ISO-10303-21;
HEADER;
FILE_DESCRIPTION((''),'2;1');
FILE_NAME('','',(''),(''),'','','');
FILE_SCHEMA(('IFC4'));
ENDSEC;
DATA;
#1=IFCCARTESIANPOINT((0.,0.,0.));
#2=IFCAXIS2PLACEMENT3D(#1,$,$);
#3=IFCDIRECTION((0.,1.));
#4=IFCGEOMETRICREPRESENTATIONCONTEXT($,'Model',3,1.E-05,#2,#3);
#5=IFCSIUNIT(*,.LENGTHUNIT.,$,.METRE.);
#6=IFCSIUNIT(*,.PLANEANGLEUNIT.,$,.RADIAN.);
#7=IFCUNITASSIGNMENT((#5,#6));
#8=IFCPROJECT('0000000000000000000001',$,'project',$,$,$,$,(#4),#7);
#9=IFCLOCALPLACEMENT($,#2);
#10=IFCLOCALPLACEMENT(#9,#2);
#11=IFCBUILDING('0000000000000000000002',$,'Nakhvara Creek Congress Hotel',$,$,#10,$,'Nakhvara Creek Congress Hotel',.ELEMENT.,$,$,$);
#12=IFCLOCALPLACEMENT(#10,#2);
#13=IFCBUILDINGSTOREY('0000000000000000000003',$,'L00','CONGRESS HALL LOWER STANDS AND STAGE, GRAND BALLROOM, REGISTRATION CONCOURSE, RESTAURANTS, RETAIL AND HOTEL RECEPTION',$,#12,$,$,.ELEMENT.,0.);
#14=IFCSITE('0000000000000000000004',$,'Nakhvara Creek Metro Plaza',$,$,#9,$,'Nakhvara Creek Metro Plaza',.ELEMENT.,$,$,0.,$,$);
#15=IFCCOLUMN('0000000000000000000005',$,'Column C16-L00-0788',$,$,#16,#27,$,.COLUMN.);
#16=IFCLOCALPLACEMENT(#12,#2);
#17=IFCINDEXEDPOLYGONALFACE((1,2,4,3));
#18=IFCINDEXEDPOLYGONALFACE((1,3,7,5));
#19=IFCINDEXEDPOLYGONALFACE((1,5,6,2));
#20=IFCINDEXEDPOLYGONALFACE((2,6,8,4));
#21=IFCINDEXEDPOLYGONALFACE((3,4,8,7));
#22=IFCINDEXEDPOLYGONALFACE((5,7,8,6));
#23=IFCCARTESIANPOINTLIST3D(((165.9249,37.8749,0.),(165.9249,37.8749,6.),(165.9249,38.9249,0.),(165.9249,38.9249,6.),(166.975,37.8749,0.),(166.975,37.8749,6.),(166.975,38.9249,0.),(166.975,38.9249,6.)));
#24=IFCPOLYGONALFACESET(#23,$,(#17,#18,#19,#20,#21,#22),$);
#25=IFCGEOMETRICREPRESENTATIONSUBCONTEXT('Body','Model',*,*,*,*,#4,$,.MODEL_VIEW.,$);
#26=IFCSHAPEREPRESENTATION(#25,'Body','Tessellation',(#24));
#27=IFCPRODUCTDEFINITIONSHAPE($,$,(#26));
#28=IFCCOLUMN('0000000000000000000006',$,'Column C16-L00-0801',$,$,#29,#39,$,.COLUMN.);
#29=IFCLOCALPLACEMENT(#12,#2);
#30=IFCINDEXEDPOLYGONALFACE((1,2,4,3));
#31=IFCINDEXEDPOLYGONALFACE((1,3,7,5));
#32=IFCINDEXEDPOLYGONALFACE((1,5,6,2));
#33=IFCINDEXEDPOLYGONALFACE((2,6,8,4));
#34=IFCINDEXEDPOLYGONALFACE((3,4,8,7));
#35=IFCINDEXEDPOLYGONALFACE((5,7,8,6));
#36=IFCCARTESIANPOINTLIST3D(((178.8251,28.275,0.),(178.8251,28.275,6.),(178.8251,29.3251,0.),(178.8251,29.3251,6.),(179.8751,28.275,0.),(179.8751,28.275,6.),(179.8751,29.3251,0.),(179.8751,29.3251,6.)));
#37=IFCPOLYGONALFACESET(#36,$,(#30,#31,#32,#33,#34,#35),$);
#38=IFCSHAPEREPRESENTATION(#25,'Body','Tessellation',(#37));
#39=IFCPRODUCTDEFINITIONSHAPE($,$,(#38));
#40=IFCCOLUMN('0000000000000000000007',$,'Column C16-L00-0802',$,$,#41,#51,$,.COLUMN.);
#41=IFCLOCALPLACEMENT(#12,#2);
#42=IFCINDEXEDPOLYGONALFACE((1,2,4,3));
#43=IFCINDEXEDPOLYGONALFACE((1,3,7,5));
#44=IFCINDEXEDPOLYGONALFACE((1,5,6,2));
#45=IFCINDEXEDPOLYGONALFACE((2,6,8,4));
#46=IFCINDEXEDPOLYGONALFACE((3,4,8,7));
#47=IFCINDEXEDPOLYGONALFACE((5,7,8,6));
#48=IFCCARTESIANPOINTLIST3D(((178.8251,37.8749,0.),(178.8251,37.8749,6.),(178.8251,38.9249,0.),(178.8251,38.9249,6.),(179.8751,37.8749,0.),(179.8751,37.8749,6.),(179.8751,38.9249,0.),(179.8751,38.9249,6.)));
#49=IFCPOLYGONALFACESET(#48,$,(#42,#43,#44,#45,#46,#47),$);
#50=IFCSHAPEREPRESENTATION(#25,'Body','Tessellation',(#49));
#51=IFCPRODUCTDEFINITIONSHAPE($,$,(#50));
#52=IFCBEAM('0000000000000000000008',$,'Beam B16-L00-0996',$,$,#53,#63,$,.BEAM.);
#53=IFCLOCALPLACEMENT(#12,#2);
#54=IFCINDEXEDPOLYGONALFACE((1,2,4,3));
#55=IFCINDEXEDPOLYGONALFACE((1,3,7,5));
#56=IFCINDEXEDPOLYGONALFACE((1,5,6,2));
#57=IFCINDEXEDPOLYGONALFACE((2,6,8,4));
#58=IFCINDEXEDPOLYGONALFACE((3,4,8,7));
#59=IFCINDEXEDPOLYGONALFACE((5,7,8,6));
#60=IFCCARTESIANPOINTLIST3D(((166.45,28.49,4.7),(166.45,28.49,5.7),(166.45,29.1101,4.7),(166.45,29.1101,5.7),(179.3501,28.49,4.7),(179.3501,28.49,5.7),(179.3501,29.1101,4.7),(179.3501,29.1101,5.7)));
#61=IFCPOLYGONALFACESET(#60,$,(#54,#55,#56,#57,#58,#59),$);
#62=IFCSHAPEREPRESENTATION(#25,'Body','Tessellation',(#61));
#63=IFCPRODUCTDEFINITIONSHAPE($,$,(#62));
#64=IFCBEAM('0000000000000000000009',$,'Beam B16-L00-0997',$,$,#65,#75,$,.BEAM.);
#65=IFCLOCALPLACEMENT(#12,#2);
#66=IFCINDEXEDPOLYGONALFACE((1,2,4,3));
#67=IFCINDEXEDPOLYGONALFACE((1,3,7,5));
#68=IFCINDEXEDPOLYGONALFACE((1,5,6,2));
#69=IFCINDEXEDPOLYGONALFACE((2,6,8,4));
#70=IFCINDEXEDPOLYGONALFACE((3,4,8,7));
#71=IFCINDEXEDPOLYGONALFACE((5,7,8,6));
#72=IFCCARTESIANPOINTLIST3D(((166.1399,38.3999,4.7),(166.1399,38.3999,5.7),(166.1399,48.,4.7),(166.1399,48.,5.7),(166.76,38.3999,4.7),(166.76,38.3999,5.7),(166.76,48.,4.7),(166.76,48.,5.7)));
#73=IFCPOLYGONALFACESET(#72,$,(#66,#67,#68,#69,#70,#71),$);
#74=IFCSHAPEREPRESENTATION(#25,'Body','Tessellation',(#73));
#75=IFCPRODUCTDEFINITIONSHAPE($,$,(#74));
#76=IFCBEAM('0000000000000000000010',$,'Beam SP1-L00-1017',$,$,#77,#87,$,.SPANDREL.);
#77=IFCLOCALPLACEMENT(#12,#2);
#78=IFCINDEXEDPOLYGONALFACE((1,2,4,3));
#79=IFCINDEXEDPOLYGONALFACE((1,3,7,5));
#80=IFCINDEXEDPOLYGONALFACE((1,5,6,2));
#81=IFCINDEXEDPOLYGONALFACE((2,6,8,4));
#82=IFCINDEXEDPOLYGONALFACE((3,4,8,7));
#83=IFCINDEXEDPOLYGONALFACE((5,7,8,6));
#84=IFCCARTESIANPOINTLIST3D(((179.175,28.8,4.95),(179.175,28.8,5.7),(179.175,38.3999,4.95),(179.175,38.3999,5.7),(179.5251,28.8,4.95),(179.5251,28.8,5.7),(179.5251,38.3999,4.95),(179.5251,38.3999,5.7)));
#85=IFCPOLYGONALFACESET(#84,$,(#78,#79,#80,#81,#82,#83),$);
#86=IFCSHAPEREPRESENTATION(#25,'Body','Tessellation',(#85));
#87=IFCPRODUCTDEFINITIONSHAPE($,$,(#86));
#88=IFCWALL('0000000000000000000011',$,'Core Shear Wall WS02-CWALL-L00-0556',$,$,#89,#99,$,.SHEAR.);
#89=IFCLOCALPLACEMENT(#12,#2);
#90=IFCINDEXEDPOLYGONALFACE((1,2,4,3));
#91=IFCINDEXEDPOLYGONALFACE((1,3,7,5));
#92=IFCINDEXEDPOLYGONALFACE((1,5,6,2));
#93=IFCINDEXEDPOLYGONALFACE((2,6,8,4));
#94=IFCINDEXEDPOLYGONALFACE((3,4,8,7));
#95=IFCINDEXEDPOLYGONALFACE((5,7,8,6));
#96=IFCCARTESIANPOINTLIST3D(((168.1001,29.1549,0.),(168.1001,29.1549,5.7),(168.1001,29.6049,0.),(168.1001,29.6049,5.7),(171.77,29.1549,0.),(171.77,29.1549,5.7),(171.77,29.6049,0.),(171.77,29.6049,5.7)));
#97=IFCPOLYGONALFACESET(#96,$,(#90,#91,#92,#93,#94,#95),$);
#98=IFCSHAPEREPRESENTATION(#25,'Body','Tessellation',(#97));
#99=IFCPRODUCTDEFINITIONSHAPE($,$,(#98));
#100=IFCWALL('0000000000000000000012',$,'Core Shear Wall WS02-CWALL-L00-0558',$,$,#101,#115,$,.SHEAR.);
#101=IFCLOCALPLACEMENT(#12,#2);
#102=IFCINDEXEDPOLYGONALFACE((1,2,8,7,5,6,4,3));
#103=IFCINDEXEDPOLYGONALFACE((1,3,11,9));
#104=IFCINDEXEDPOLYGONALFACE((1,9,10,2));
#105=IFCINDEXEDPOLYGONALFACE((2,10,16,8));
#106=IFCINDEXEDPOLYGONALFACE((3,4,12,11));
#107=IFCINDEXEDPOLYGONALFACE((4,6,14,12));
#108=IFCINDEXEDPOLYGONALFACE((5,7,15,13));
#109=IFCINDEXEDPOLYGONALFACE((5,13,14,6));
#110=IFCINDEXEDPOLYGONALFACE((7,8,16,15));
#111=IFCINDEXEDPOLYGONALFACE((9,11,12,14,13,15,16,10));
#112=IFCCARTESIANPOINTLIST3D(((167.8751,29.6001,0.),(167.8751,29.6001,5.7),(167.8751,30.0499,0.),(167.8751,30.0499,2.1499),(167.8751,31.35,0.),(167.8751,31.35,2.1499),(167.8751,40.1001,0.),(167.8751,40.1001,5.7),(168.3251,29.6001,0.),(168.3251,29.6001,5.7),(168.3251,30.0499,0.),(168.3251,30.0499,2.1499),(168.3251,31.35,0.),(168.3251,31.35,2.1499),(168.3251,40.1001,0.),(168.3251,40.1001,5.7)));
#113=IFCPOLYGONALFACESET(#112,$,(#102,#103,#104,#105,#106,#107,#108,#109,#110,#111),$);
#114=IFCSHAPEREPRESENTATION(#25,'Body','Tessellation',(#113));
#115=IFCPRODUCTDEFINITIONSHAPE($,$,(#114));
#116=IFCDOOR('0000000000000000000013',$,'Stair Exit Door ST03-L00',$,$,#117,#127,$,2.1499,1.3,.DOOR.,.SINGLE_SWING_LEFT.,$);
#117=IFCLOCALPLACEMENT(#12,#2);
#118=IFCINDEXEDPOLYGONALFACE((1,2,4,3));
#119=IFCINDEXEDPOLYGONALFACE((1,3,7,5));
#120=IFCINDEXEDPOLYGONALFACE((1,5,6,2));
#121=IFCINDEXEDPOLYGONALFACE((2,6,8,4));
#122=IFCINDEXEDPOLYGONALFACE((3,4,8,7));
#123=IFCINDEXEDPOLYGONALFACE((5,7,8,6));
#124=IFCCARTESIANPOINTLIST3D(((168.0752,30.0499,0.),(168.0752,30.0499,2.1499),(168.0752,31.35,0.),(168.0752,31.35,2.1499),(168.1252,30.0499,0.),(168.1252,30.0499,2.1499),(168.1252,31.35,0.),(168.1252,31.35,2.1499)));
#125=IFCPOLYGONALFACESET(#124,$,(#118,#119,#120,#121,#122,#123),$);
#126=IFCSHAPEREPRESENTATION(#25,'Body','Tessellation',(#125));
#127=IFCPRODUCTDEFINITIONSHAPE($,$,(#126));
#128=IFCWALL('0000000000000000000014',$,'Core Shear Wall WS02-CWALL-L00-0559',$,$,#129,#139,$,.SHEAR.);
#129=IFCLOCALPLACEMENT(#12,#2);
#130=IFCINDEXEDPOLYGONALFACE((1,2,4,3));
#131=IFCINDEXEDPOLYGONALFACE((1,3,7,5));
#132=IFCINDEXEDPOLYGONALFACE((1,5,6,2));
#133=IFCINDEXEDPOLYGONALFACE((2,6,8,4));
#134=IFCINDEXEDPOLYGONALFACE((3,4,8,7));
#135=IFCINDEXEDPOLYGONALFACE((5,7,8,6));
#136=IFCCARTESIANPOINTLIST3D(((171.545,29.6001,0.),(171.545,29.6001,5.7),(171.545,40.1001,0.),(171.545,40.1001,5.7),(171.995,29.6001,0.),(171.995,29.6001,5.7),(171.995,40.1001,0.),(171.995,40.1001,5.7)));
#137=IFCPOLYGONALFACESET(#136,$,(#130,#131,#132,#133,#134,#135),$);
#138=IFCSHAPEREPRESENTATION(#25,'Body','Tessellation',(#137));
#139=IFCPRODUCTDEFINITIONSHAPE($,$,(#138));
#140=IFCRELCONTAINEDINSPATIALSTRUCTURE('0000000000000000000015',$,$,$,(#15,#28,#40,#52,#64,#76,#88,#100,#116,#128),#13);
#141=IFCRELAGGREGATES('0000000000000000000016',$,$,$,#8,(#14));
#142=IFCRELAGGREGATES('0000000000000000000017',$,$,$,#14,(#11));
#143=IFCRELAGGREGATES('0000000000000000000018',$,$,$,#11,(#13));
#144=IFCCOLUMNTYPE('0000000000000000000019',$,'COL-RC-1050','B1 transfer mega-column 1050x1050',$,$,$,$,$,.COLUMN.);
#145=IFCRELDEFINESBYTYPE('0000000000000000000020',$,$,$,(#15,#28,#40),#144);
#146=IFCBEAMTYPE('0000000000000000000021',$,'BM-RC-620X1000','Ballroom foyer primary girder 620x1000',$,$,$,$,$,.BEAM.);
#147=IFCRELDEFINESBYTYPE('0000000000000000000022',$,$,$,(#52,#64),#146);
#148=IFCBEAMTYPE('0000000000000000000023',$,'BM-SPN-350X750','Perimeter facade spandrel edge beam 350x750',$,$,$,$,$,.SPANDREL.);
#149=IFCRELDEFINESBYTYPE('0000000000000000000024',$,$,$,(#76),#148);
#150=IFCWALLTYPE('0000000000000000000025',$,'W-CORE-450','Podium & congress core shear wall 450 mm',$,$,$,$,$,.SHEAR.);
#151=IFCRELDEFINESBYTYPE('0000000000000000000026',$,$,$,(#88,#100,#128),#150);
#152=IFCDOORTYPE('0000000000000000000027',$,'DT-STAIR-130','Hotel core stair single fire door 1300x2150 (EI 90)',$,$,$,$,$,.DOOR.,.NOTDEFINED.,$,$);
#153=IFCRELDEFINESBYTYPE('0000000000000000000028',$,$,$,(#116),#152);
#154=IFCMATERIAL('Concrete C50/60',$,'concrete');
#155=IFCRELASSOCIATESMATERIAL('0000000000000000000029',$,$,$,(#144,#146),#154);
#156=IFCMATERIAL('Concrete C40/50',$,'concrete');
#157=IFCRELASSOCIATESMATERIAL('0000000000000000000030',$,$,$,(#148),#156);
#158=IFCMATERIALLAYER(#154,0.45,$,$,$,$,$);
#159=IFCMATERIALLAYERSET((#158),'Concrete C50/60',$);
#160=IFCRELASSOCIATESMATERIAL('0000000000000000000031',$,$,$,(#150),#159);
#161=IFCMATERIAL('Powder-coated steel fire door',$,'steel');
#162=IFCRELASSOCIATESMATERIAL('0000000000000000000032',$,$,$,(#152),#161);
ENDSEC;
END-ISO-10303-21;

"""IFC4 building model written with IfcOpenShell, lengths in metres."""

from ifc_helpers import new_model, si_unit, direction, frame, frame_2d, origin, origin_2d, place, context, subcontext, project, spatial, rectangle, extrude, material, layer, layer_set, material_profile, profile_set, type_object, element, fill, save


model = new_model("IFC4")

# Units and contexts
model_context = context("Model", 3, precision=1e-05, world=origin(), true_north=direction((0.0, 1.0)))
body_context = subcontext(model_context, "Body", "Model", "MODEL_VIEW")
ifc_project = project(units=[si_unit("LENGTHUNIT", "METRE"), si_unit("PLANEANGLEUNIT", "RADIAN")], contexts=[model_context])

# Site, building, storey
site_placement = place(None, origin())
site = spatial("IfcSite", under=ifc_project, at=site_placement, Name="Nakhvara Creek Metro Plaza", LongName="Nakhvara Creek Metro Plaza", CompositionType="ELEMENT", RefElevation=0.0)
building_placement = place(site_placement, origin())
building = spatial("IfcBuilding", under=site, at=building_placement, Name="Nakhvara Creek Congress Hotel", LongName="Nakhvara Creek Congress Hotel", CompositionType="ELEMENT")
storey_placement = place(building_placement, origin())
storey = spatial("IfcBuildingStorey", under=building, at=storey_placement, Name="L00", Description="CONGRESS HALL LOWER STANDS AND STAGE, GRAND BALLROOM, REGISTRATION CONCOURSE, RESTAURANTS, RETAIL AND HOTEL RECEPTION", CompositionType="ELEMENT", Elevation=0.0)

# Columns
ifc_material_1 = material(Name="Concrete C50/60", Category="concrete")
ifc_material_profile_1 = material_profile(ifc_material_1, rectangle(XDim=1.05, YDim=1.05, at=origin_2d()), Name="RC-COL 1050x1050", Category="LoadBearing")
ifc_profile_set_1 = profile_set([ifc_material_profile_1], Name="Concrete C50/60")
column_type = type_object("IfcColumnType", Name="COL-RC-1050", Description="B1 transfer mega-column 1050x1050", PredefinedType="COLUMN", material=ifc_profile_set_1)
for number, where, z_axis, x_axis, name in (
    (1, (166.45, 38.3999, 0.0), (0.0, 0.0, 1.0), (1.0, 0.0, 0.0), "Column C16-L00-0788"),
    (2, (179.3501, 28.8, 0.0), (0.0, 0.0, 1.0), (1.0, 0.0, 0.0), "Column C16-L00-0801"),
    (3, (179.3501, 38.3999, 0.0), (0.0, 0.0, 1.0), (1.0, 0.0, 0.0), "Column C16-L00-0802"),
):
    element("IfcColumn", number, at=place(storey_placement, frame(where, z_axis=z_axis, x_axis=x_axis)), inside=storey, type_object=column_type, Name=name, PredefinedType="COLUMN", context=body_context, shape_type="SweptSolid", body=[
        extrude(rectangle(XDim=1.05, YDim=1.05, at=origin_2d()), origin(), (0.0, 0.0, 1.0), 6.0),
    ])

# Beams
ifc_material_profile_2 = material_profile(ifc_material_1, rectangle(XDim=0.6201, YDim=1.0, at=origin_2d()), Name="RC-BM 620x1000", Category="LoadBearing")
ifc_profile_set_2 = profile_set([ifc_material_profile_2], Name="Concrete C50/60")
beam_type_1 = type_object("IfcBeamType", Name="BM-RC-620X1000", Description="Ballroom foyer primary girder 620x1000", PredefinedType="BEAM", material=ifc_profile_set_2)
beam_1_placement = place(storey_placement, frame((166.45, 28.8, 5.2), z_axis=(1.0, 0.0, 0.0), x_axis=(0.0, 1.0, 0.0)))
element("IfcBeam", 4, at=beam_1_placement, inside=storey, type_object=beam_type_1, Name="Beam B16-L00-0996", PredefinedType="BEAM", context=body_context, shape_type="SweptSolid", body=[
    extrude(rectangle(XDim=0.6201, YDim=1.0, at=origin_2d()), origin(), (0.0, 0.0, 1.0), 12.9001),
])
beam_2_placement = place(storey_placement, frame((166.45, 38.3999, 5.2), z_axis=(0.0, 1.0, 0.0), x_axis=(-1.0, 0.0, 0.0)))
element("IfcBeam", 5, at=beam_2_placement, inside=storey, type_object=beam_type_1, Name="Beam B16-L00-0997", PredefinedType="BEAM", context=body_context, shape_type="SweptSolid", body=[
    extrude(rectangle(XDim=0.6201, YDim=1.0, at=origin_2d()), origin(), (0.0, 0.0, 1.0), 9.6001),
])
ifc_material_2 = material(Name="Concrete C40/50", Category="concrete")
ifc_material_profile_3 = material_profile(ifc_material_2, rectangle(XDim=0.3501, YDim=0.75, at=origin_2d()), Name="RC-SPANDREL 350x750", Category="LoadBearing")
ifc_profile_set_3 = profile_set([ifc_material_profile_3], Name="Concrete C40/50")
beam_type_2 = type_object("IfcBeamType", Name="BM-SPN-350X750", Description="Perimeter facade spandrel edge beam 350x750", PredefinedType="SPANDREL", material=ifc_profile_set_3)
beam_3_placement = place(storey_placement, frame((179.3501, 28.8, 5.325), z_axis=(0.0, 1.0, 0.0), x_axis=(-1.0, 0.0, 0.0)))
element("IfcBeam", 6, at=beam_3_placement, inside=storey, type_object=beam_type_2, Name="Beam SP1-L00-1017", PredefinedType="SPANDREL", context=body_context, shape_type="SweptSolid", body=[
    extrude(rectangle(XDim=0.3501, YDim=0.75, at=origin_2d()), origin(), (0.0, 0.0, 1.0), 9.5999),
])

# Wall
ifc_layer_1 = layer(ifc_material_1, 0.45)
ifc_layer_set_1 = layer_set([ifc_layer_1], Name="Concrete C50/60")
wall_type = type_object("IfcWallType", Name="W-CORE-450", Description="Podium & congress core shear wall 450 mm", PredefinedType="SHEAR", material=ifc_layer_set_1)
wall_1_placement = place(storey_placement, frame((168.1001, 29.3799, 0.0), z_axis=(0.0, 0.0, 1.0), x_axis=(1.0, 0.0, 0.0)))
element("IfcWall", 7, at=wall_1_placement, inside=storey, type_object=wall_type, Name="Core Shear Wall WS02-CWALL-L00-0556", PredefinedType="SHEAR", context=body_context, shape_type="SweptSolid", body=[
    extrude(rectangle(XDim=3.6699, YDim=0.45, at=frame_2d((1.835, 0.0))), origin(), (0.0, 0.0, 1.0), 5.7),
])

# Wall, opening, door
wall_2_placement = place(storey_placement, frame((168.1001, 29.6001, 0.0), z_axis=(0.0, 0.0, 1.0), x_axis=(0.0, 1.0, 0.0)))
wall_2 = element("IfcWall", 8, at=wall_2_placement, inside=storey, type_object=wall_type, Name="Core Shear Wall WS02-CWALL-L00-0558", PredefinedType="SHEAR", context=body_context, shape_type="SweptSolid", body=[
    extrude(rectangle(XDim=10.5, YDim=0.45, at=frame_2d((5.25, 0.0))), origin(), (0.0, 0.0, 1.0), 5.7),
])
opening_placement = place(wall_2_placement, frame((0.45, 0.0, 0.0)))
opening = element("IfcOpeningElement", 9, at=opening_placement, cuts=wall_2, PredefinedType="OPENING", context=body_context, shape_type="SweptSolid", body=[
    extrude(rectangle(XDim=1.3, YDim=2.1499, at=frame_2d((0.6499, 1.075))), frame((0.0, 0.2368, 0.0), z_axis=(0.0, -1.0, 0.0), x_axis=(1.0, 0.0, 0.0)), (0.0, 0.0, 1.0), 0.4739),
])
ifc_material_3 = material(Name="Powder-coated steel fire door", Category="steel")
door_type = type_object("IfcDoorType", Name="DT-STAIR-130", Description="Hotel core stair single fire door 1300x2150 (EI 90)", OperationType="NOTDEFINED", PredefinedType="DOOR", material=ifc_material_3)
door_placement = place(opening_placement, origin())
door = element("IfcDoor", 10, at=door_placement, inside=storey, type_object=door_type, Name="Stair Exit Door ST03-L00", OperationType="SINGLE_SWING_LEFT", OverallHeight=2.1499, OverallWidth=1.3, PredefinedType="DOOR", context=body_context, shape_type="SweptSolid", body=[
    extrude(rectangle(XDim=1.3, YDim=2.1499, at=frame_2d((0.6499, 1.075))), frame((0.0, 0.0249, 0.0), z_axis=(0.0, -1.0, 0.0), x_axis=(1.0, 0.0, 0.0)), (0.0, 0.0, 1.0), 0.05),
])
fill(opening, door)

# Wall
wall_3_placement = place(storey_placement, frame((171.77, 29.6001, 0.0), z_axis=(0.0, 0.0, 1.0), x_axis=(0.0, 1.0, 0.0)))
element("IfcWall", 11, at=wall_3_placement, inside=storey, type_object=wall_type, Name="Core Shear Wall WS02-CWALL-L00-0559", PredefinedType="SHEAR", context=body_context, shape_type="SweptSolid", body=[
    extrude(rectangle(XDim=10.5, YDim=0.45, at=frame_2d((5.25, 0.0))), origin(), (0.0, 0.0, 1.0), 5.7),
])

save(model, "model.ifc")
